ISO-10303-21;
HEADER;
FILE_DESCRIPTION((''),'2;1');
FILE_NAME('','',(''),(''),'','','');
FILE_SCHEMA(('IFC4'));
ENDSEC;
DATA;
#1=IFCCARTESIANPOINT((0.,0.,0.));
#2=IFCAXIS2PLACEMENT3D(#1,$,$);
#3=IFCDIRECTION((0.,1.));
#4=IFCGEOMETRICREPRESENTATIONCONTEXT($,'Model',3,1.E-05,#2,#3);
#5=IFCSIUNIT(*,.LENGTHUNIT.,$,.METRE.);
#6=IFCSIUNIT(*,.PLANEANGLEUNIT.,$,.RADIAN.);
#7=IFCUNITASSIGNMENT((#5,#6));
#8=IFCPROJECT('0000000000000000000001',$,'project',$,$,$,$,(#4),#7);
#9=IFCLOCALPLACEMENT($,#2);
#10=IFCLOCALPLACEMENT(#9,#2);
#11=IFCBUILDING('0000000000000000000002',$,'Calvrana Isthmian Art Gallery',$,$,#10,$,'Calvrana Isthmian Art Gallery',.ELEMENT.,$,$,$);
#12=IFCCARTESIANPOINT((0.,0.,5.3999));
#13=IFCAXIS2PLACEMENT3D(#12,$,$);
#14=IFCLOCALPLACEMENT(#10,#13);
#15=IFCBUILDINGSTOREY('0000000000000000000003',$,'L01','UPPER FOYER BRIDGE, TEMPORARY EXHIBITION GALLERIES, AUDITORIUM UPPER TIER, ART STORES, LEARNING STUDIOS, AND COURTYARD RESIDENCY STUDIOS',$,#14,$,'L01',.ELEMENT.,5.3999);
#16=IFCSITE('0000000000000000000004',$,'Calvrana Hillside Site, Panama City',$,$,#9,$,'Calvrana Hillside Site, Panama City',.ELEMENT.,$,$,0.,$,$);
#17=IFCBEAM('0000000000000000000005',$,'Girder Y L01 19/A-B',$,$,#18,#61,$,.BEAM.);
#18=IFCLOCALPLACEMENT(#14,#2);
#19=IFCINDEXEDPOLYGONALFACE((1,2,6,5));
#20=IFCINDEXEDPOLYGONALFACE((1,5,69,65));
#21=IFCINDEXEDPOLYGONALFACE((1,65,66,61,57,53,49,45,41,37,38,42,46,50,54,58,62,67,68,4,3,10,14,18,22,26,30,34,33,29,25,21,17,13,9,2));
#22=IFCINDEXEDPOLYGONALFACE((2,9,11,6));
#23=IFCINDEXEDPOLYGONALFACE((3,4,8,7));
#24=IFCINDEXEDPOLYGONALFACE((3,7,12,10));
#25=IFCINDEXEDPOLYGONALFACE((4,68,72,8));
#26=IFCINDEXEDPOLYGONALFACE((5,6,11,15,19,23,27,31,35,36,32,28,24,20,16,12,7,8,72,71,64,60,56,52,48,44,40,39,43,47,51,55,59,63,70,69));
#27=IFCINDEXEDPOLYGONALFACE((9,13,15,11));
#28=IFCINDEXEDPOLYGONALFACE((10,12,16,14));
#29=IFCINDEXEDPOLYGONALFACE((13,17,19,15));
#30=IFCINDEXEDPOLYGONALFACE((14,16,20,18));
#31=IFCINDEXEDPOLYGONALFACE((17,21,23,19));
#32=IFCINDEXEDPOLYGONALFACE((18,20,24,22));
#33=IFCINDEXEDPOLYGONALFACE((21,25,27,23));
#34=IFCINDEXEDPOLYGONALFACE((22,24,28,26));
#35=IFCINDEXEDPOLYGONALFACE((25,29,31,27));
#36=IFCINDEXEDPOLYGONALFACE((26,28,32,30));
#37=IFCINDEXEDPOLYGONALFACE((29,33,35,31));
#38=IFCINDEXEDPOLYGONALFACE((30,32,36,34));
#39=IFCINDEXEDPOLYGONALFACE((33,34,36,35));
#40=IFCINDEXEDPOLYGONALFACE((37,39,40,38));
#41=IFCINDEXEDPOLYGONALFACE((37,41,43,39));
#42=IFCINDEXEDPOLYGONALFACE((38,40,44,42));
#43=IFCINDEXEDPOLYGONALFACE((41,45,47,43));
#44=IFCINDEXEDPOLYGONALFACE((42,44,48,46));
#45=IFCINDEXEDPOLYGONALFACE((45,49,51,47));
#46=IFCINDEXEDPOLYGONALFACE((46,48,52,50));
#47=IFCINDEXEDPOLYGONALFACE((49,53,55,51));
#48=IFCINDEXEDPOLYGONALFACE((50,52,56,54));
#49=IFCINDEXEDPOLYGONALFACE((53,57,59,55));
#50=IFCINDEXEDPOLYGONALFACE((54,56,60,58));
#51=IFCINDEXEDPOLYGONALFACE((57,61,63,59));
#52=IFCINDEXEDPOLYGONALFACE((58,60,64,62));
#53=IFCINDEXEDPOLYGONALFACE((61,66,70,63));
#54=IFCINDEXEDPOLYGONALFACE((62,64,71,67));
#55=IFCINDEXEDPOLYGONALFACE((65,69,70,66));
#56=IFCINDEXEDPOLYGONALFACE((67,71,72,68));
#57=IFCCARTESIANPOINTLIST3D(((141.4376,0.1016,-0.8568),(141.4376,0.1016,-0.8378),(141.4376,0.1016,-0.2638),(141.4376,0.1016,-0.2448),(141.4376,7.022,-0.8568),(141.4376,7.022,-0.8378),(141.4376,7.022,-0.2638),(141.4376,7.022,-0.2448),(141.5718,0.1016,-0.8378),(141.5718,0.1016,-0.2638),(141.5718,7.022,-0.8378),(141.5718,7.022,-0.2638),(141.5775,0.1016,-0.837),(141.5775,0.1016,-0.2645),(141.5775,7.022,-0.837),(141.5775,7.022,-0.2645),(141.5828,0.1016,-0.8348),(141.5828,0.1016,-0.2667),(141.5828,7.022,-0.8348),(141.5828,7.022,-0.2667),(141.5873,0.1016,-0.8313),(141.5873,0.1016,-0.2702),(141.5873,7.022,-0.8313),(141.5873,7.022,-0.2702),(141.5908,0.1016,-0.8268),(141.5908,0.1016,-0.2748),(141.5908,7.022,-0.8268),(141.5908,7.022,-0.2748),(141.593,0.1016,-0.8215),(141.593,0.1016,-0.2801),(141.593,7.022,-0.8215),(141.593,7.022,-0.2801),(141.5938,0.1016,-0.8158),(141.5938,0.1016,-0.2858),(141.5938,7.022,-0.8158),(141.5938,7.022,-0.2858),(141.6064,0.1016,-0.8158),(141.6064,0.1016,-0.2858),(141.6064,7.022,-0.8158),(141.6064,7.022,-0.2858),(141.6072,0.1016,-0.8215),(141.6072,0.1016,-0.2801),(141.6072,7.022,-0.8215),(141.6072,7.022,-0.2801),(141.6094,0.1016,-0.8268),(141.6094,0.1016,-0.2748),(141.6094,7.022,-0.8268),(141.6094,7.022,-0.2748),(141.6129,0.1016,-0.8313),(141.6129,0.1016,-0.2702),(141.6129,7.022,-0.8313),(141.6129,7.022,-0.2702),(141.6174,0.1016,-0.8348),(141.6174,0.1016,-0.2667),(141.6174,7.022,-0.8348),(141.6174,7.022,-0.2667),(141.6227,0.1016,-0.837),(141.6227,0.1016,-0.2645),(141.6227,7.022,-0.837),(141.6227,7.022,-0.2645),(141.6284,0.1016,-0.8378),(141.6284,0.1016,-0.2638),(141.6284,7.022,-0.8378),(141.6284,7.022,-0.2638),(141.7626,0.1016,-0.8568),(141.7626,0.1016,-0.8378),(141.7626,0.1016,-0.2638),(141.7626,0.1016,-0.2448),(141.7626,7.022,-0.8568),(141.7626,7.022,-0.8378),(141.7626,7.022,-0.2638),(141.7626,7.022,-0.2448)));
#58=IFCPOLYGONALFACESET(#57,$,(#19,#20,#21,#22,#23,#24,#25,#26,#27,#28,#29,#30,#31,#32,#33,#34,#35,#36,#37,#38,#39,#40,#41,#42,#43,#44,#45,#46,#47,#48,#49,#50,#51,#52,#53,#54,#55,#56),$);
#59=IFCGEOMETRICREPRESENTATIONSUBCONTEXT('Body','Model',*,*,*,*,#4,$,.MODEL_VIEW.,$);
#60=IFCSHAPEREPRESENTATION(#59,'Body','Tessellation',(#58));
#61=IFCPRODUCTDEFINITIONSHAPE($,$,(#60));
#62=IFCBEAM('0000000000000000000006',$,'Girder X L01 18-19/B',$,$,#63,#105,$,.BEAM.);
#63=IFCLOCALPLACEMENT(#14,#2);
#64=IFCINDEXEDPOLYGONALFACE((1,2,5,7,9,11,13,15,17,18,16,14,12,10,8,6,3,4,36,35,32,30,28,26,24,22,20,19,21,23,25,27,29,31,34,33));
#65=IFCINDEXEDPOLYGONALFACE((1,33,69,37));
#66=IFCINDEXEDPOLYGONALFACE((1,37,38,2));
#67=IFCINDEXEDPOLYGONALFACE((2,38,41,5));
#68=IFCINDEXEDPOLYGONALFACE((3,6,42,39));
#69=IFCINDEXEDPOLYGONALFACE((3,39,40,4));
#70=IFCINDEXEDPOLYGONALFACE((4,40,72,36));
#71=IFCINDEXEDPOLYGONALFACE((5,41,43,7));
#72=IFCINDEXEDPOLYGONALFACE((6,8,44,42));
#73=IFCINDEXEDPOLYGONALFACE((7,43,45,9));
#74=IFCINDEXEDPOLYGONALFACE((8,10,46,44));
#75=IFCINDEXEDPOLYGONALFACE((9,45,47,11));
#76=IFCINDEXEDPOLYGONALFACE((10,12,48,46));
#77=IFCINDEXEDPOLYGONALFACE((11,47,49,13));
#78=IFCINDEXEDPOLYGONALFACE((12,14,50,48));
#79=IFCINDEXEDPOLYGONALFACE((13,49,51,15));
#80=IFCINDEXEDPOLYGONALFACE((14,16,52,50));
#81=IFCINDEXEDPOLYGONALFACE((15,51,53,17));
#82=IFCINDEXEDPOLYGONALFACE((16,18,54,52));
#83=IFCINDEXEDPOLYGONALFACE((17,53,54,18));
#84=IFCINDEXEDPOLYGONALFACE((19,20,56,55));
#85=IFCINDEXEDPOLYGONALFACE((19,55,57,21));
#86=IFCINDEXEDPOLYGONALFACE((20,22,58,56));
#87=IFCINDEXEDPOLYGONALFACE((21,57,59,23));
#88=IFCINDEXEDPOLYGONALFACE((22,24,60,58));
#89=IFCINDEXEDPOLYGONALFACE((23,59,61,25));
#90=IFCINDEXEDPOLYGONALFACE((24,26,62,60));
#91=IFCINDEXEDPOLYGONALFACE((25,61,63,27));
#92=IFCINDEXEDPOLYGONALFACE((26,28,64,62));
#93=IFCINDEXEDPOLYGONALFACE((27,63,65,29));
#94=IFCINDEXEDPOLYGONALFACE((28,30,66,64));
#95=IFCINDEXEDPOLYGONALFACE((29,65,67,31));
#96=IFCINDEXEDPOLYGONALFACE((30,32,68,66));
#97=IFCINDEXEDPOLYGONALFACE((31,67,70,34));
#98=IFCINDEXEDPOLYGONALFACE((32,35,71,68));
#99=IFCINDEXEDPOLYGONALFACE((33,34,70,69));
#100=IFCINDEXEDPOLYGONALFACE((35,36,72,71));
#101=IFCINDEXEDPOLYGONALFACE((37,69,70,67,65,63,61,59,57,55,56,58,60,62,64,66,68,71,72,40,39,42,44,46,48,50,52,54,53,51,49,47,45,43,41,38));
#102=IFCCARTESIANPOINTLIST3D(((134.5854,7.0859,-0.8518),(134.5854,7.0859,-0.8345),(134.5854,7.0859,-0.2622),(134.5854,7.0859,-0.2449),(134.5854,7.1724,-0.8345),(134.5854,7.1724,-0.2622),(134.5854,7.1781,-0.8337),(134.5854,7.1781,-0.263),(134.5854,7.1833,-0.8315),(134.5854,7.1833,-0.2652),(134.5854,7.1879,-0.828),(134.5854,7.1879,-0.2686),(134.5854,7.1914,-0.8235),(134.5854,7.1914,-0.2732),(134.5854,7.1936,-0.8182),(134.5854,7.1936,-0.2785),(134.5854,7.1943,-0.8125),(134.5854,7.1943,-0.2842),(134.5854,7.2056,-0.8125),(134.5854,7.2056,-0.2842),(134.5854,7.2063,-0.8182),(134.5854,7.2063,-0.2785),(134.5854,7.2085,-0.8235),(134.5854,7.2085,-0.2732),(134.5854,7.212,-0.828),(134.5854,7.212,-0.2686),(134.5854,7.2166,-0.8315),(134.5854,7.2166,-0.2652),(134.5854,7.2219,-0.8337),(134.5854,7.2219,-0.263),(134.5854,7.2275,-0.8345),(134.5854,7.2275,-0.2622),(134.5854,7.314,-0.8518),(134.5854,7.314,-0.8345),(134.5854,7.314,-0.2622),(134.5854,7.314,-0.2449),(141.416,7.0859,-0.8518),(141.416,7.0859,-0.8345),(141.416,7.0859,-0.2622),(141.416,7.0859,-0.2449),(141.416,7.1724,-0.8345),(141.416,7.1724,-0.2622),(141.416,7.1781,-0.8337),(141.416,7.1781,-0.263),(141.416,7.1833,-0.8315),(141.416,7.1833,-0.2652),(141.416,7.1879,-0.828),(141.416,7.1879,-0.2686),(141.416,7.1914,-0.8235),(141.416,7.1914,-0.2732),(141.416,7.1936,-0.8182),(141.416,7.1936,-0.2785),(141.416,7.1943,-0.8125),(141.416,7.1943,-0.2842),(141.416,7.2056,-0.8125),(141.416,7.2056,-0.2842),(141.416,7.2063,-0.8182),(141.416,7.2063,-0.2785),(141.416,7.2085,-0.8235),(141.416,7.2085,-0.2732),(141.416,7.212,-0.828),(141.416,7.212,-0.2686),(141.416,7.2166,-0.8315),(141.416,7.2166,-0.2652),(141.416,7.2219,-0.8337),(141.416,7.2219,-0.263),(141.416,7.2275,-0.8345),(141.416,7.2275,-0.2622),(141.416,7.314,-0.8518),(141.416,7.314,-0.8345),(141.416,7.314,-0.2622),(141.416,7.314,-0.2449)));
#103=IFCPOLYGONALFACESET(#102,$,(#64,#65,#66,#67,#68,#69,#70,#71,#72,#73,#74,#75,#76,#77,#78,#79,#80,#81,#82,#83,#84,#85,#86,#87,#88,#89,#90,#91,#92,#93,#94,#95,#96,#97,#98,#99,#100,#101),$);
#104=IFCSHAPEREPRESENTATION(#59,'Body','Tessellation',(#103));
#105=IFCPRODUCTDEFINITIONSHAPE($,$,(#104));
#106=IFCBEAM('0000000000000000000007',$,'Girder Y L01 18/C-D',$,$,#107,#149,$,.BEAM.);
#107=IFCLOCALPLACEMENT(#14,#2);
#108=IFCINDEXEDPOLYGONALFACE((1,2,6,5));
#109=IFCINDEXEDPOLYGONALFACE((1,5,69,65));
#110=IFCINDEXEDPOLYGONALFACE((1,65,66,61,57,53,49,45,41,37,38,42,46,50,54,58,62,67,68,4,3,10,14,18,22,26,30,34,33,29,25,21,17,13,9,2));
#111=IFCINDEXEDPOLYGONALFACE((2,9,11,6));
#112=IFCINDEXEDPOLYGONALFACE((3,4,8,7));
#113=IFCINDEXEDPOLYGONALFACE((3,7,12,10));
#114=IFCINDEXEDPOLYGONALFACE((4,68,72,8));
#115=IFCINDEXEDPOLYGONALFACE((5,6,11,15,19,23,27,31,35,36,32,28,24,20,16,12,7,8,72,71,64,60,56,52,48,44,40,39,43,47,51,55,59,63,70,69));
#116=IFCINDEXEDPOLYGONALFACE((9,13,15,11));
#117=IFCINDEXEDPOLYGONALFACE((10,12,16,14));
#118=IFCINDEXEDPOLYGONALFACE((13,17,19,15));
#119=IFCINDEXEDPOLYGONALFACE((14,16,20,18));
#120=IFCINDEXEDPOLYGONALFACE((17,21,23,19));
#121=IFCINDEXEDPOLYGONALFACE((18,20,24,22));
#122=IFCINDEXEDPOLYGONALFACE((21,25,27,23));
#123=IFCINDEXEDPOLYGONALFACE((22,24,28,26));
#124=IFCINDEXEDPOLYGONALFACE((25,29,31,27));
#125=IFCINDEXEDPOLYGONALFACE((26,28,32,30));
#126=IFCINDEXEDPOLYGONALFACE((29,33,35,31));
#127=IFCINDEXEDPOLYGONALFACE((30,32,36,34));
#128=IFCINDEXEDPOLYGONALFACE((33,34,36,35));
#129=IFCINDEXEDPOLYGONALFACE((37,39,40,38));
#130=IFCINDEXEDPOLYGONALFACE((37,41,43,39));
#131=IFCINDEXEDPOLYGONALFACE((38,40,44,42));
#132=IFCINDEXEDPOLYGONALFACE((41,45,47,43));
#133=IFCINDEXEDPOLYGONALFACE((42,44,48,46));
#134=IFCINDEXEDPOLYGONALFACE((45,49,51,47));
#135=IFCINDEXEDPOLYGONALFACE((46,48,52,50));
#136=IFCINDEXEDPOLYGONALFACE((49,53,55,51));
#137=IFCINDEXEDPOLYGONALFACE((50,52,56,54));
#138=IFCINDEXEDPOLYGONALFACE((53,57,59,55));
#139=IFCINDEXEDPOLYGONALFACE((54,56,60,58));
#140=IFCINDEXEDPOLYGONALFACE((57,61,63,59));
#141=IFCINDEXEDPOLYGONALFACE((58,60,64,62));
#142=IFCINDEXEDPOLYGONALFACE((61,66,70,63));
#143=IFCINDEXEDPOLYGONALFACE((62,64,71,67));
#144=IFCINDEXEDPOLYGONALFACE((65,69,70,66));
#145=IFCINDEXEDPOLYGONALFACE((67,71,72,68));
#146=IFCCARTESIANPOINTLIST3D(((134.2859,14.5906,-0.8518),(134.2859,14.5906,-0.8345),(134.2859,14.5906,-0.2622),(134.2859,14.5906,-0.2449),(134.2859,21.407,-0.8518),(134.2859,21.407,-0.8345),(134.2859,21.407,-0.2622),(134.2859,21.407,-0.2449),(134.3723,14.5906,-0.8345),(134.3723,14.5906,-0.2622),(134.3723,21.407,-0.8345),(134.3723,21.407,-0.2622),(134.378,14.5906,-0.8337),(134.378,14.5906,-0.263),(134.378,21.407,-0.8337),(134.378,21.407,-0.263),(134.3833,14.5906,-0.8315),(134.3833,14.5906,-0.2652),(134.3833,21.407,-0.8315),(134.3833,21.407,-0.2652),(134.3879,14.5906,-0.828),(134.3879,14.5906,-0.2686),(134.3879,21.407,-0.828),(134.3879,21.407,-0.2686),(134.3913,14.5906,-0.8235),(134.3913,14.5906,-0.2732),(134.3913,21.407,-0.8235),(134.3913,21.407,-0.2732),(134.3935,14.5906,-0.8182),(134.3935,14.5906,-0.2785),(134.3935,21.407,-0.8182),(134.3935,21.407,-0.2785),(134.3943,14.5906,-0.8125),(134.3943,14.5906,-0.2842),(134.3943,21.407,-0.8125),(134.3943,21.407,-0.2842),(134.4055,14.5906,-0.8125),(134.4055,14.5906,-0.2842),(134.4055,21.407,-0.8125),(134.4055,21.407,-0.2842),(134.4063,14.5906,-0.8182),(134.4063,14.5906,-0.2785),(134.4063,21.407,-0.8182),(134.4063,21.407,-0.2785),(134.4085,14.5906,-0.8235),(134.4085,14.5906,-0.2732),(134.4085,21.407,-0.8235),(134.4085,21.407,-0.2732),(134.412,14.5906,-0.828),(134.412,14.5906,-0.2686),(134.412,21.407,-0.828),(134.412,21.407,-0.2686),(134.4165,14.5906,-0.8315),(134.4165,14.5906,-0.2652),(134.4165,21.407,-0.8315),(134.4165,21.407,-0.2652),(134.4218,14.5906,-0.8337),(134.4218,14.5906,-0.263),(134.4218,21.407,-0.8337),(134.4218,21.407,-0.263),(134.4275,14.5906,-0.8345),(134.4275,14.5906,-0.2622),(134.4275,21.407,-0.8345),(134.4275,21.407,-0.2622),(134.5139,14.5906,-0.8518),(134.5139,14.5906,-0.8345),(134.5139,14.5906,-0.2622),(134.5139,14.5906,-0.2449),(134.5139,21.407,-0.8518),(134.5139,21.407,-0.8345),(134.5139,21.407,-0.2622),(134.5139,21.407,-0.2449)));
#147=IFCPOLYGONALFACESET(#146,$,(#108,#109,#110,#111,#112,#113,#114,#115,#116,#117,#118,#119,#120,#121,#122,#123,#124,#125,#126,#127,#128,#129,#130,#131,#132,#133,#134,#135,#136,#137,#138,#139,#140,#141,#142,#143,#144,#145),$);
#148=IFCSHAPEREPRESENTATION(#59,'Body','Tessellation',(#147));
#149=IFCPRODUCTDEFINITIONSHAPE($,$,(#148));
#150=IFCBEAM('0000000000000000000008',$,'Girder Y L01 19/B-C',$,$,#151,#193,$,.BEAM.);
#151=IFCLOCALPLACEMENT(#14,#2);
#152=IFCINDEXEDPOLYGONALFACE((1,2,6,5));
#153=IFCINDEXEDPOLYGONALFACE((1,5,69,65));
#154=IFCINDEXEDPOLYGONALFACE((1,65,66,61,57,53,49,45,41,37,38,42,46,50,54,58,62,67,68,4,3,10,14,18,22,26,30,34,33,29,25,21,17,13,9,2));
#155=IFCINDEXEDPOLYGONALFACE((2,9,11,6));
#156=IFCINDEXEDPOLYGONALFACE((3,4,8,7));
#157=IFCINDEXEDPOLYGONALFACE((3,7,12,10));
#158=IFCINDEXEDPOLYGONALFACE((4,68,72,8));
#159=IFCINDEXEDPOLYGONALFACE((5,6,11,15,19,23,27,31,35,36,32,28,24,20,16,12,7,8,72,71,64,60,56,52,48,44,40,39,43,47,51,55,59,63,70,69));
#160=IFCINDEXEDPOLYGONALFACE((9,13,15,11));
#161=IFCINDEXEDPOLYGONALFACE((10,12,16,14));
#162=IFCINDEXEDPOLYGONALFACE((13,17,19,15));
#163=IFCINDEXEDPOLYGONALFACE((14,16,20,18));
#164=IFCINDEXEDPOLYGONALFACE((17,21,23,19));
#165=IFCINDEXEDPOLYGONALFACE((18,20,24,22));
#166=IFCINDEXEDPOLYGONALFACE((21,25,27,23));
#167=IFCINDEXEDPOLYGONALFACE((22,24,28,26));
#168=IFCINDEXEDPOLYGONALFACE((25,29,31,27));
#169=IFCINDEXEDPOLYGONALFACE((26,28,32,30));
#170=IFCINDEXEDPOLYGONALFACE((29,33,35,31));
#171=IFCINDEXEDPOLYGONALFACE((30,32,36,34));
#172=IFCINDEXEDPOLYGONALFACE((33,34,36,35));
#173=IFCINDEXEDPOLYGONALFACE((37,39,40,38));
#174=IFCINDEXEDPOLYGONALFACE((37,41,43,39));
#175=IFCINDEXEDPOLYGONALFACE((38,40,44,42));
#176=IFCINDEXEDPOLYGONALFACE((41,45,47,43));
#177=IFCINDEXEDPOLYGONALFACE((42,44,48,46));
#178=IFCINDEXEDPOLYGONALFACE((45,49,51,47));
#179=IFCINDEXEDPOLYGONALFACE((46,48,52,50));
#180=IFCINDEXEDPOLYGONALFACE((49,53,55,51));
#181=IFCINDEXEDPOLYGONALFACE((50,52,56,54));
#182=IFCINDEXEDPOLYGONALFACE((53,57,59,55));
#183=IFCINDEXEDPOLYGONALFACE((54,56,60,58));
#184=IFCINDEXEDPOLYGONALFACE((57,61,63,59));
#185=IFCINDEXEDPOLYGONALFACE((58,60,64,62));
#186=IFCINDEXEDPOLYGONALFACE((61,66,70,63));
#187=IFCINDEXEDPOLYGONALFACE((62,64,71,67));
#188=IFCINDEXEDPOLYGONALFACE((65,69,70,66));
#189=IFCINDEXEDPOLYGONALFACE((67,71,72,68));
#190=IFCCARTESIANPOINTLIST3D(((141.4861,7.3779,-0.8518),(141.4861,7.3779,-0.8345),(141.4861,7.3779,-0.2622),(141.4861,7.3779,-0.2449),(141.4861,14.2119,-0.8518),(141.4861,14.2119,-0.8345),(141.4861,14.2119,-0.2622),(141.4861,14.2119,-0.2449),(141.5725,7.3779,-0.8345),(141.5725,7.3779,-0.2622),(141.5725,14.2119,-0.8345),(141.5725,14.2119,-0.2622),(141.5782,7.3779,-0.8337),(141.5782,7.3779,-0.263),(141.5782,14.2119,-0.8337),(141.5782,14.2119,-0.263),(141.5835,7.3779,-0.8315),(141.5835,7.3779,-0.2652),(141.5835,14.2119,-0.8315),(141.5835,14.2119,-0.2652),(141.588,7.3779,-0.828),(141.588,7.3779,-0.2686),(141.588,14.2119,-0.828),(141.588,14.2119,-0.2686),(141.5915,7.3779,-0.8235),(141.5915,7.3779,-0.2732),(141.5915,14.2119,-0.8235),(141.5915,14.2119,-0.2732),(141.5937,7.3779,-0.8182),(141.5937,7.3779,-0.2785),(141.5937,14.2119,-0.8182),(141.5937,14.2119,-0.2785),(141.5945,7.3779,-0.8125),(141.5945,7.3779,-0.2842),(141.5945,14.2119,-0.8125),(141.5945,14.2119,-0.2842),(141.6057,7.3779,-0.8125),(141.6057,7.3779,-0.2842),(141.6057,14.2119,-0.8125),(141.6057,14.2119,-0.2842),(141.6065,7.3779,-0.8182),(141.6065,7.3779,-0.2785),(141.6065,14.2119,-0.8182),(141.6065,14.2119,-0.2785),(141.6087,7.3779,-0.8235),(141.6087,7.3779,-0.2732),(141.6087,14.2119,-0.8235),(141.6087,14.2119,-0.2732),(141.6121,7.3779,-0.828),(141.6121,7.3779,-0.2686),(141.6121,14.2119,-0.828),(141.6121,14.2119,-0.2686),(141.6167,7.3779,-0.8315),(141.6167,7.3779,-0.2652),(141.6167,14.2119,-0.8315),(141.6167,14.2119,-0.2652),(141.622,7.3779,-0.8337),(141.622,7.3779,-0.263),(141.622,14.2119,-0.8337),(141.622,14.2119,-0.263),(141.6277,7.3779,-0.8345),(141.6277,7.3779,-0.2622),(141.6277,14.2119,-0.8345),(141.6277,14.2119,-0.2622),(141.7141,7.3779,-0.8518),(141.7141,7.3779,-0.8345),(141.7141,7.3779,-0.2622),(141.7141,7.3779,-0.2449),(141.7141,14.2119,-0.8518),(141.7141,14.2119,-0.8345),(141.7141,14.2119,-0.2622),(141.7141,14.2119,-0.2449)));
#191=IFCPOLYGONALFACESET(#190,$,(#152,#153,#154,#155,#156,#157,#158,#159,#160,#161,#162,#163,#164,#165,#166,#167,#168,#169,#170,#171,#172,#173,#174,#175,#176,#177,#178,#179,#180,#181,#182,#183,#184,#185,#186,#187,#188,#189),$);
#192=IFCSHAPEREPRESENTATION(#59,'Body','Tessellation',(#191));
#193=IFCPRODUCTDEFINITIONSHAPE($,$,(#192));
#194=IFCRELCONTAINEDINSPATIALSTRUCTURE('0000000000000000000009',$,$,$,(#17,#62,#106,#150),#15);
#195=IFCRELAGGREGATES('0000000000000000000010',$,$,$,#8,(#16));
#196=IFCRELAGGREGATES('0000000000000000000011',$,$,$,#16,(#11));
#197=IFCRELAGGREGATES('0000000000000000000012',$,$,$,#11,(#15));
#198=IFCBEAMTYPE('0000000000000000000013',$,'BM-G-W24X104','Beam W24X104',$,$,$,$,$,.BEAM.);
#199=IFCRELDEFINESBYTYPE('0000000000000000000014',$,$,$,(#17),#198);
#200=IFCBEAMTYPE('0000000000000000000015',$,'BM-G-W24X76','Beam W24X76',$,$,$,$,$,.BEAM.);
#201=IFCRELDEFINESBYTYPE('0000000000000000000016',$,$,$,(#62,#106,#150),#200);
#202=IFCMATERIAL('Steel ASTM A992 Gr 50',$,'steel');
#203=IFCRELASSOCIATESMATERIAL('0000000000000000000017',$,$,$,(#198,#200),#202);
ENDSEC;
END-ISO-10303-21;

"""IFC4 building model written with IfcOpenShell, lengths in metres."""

from ifc_helpers import new_model, si_unit, direction, frame, origin, origin_2d, place, context, subcontext, project, spatial, i_section, extrude, material, material_profile, profile_set, type_object, element, save


model = new_model("IFC4")

# Units and contexts
model_context = context("Model", 3, precision=1e-05, world=origin(), true_north=direction((0.0, 1.0)))
body_context = subcontext(model_context, "Body", "Model", "MODEL_VIEW")
ifc_project = project(units=[si_unit("LENGTHUNIT", "METRE"), si_unit("PLANEANGLEUNIT", "RADIAN")], contexts=[model_context])

# Site, building, storey
site_placement = place(None, origin())
site = spatial("IfcSite", under=ifc_project, at=site_placement, Name="Calvrana Hillside Site, Panama City", LongName="Calvrana Hillside Site, Panama City", CompositionType="ELEMENT", RefElevation=0.0)
building_placement = place(site_placement, origin())
building = spatial("IfcBuilding", under=site, at=building_placement, Name="Calvrana Isthmian Art Gallery", LongName="Calvrana Isthmian Art Gallery", CompositionType="ELEMENT")
storey_placement = place(building_placement, frame((0.0, 0.0, 5.3999)))
storey = spatial("IfcBuildingStorey", under=building, at=storey_placement, Name="L01", Description="UPPER FOYER BRIDGE, TEMPORARY EXHIBITION GALLERIES, AUDITORIUM UPPER TIER, ART STORES, LEARNING STUDIOS, AND COURTYARD RESIDENCY STUDIOS", LongName="L01", CompositionType="ELEMENT", Elevation=5.3999)

# Shared definitions
ifc_material_1 = material(Name="Steel ASTM A992 Gr 50", Category="steel")

# Beams
ifc_material_profile_1 = material_profile(ifc_material_1, i_section(OverallWidth=0.325, OverallDepth=0.6121, WebThickness=0.0127, FlangeThickness=0.019, FilletRadius=0.022, at=origin_2d()), Name="W24X104")
ifc_profile_set_1 = profile_set([ifc_material_profile_1], Name="Steel ASTM A992 Gr 50")
beam_type_1 = type_object("IfcBeamType", Name="BM-G-W24X104", Description="Beam W24X104", PredefinedType="BEAM", material=ifc_profile_set_1)
beam_1_placement = place(storey_placement, frame((141.6001, 0.1016, -0.5508), z_axis=(0.0, 1.0, 0.0), x_axis=(-1.0, 0.0, 0.0)))
element("IfcBeam", 1, at=beam_1_placement, inside=storey, type_object=beam_type_1, Name="Girder Y L01 19/A-B", PredefinedType="BEAM", context=body_context, shape_type="SweptSolid", body=[
    extrude(i_section(OverallWidth=0.325, OverallDepth=0.6121, WebThickness=0.0127, FlangeThickness=0.019, FilletRadius=0.022, at=origin_2d()), origin(), (0.0, 0.0, 1.0), 6.9204),
])
ifc_material_profile_2 = material_profile(ifc_material_1, i_section(OverallWidth=0.228, OverallDepth=0.6069, WebThickness=0.0112, FlangeThickness=0.0173, FilletRadius=0.022, at=origin_2d()), Name="W24X76")
ifc_profile_set_2 = profile_set([ifc_material_profile_2], Name="Steel ASTM A992 Gr 50")
beam_type_2 = type_object("IfcBeamType", Name="BM-G-W24X76", Description="Beam W24X76", PredefinedType="BEAM", material=ifc_profile_set_2)
beam_2_placement = place(storey_placement, frame((134.5854, 7.2, -0.5483), z_axis=(1.0, 0.0, 0.0), x_axis=(0.0, 1.0, 0.0)))
element("IfcBeam", 2, at=beam_2_placement, inside=storey, type_object=beam_type_2, Name="Girder X L01 18-19/B", PredefinedType="BEAM", context=body_context, shape_type="SweptSolid", body=[
    extrude(i_section(OverallWidth=0.228, OverallDepth=0.6069, WebThickness=0.0112, FlangeThickness=0.0173, FilletRadius=0.022, at=origin_2d()), origin(), (0.0, 0.0, 1.0), 6.8306),
])
beam_3_placement = place(storey_placement, frame((134.3999, 14.5906, -0.5483), z_axis=(0.0, 1.0, 0.0), x_axis=(-1.0, 0.0, 0.0)))
element("IfcBeam", 3, at=beam_3_placement, inside=storey, type_object=beam_type_2, Name="Girder Y L01 18/C-D", PredefinedType="BEAM", context=body_context, shape_type="SweptSolid", body=[
    extrude(i_section(OverallWidth=0.228, OverallDepth=0.6069, WebThickness=0.0112, FlangeThickness=0.0173, FilletRadius=0.022, at=origin_2d()), origin(), (0.0, 0.0, 1.0), 6.8164),
])
beam_4_placement = place(storey_placement, frame((141.6001, 7.3779, -0.5483), z_axis=(0.0, 1.0, 0.0), x_axis=(-1.0, 0.0, 0.0)))
element("IfcBeam", 4, at=beam_4_placement, inside=storey, type_object=beam_type_2, Name="Girder Y L01 19/B-C", PredefinedType="BEAM", context=body_context, shape_type="SweptSolid", body=[
    extrude(i_section(OverallWidth=0.228, OverallDepth=0.6069, WebThickness=0.0112, FlangeThickness=0.0173, FilletRadius=0.022, at=origin_2d()), origin(), (0.0, 0.0, 1.0), 6.834),
])

save(model, "model.ifc")
